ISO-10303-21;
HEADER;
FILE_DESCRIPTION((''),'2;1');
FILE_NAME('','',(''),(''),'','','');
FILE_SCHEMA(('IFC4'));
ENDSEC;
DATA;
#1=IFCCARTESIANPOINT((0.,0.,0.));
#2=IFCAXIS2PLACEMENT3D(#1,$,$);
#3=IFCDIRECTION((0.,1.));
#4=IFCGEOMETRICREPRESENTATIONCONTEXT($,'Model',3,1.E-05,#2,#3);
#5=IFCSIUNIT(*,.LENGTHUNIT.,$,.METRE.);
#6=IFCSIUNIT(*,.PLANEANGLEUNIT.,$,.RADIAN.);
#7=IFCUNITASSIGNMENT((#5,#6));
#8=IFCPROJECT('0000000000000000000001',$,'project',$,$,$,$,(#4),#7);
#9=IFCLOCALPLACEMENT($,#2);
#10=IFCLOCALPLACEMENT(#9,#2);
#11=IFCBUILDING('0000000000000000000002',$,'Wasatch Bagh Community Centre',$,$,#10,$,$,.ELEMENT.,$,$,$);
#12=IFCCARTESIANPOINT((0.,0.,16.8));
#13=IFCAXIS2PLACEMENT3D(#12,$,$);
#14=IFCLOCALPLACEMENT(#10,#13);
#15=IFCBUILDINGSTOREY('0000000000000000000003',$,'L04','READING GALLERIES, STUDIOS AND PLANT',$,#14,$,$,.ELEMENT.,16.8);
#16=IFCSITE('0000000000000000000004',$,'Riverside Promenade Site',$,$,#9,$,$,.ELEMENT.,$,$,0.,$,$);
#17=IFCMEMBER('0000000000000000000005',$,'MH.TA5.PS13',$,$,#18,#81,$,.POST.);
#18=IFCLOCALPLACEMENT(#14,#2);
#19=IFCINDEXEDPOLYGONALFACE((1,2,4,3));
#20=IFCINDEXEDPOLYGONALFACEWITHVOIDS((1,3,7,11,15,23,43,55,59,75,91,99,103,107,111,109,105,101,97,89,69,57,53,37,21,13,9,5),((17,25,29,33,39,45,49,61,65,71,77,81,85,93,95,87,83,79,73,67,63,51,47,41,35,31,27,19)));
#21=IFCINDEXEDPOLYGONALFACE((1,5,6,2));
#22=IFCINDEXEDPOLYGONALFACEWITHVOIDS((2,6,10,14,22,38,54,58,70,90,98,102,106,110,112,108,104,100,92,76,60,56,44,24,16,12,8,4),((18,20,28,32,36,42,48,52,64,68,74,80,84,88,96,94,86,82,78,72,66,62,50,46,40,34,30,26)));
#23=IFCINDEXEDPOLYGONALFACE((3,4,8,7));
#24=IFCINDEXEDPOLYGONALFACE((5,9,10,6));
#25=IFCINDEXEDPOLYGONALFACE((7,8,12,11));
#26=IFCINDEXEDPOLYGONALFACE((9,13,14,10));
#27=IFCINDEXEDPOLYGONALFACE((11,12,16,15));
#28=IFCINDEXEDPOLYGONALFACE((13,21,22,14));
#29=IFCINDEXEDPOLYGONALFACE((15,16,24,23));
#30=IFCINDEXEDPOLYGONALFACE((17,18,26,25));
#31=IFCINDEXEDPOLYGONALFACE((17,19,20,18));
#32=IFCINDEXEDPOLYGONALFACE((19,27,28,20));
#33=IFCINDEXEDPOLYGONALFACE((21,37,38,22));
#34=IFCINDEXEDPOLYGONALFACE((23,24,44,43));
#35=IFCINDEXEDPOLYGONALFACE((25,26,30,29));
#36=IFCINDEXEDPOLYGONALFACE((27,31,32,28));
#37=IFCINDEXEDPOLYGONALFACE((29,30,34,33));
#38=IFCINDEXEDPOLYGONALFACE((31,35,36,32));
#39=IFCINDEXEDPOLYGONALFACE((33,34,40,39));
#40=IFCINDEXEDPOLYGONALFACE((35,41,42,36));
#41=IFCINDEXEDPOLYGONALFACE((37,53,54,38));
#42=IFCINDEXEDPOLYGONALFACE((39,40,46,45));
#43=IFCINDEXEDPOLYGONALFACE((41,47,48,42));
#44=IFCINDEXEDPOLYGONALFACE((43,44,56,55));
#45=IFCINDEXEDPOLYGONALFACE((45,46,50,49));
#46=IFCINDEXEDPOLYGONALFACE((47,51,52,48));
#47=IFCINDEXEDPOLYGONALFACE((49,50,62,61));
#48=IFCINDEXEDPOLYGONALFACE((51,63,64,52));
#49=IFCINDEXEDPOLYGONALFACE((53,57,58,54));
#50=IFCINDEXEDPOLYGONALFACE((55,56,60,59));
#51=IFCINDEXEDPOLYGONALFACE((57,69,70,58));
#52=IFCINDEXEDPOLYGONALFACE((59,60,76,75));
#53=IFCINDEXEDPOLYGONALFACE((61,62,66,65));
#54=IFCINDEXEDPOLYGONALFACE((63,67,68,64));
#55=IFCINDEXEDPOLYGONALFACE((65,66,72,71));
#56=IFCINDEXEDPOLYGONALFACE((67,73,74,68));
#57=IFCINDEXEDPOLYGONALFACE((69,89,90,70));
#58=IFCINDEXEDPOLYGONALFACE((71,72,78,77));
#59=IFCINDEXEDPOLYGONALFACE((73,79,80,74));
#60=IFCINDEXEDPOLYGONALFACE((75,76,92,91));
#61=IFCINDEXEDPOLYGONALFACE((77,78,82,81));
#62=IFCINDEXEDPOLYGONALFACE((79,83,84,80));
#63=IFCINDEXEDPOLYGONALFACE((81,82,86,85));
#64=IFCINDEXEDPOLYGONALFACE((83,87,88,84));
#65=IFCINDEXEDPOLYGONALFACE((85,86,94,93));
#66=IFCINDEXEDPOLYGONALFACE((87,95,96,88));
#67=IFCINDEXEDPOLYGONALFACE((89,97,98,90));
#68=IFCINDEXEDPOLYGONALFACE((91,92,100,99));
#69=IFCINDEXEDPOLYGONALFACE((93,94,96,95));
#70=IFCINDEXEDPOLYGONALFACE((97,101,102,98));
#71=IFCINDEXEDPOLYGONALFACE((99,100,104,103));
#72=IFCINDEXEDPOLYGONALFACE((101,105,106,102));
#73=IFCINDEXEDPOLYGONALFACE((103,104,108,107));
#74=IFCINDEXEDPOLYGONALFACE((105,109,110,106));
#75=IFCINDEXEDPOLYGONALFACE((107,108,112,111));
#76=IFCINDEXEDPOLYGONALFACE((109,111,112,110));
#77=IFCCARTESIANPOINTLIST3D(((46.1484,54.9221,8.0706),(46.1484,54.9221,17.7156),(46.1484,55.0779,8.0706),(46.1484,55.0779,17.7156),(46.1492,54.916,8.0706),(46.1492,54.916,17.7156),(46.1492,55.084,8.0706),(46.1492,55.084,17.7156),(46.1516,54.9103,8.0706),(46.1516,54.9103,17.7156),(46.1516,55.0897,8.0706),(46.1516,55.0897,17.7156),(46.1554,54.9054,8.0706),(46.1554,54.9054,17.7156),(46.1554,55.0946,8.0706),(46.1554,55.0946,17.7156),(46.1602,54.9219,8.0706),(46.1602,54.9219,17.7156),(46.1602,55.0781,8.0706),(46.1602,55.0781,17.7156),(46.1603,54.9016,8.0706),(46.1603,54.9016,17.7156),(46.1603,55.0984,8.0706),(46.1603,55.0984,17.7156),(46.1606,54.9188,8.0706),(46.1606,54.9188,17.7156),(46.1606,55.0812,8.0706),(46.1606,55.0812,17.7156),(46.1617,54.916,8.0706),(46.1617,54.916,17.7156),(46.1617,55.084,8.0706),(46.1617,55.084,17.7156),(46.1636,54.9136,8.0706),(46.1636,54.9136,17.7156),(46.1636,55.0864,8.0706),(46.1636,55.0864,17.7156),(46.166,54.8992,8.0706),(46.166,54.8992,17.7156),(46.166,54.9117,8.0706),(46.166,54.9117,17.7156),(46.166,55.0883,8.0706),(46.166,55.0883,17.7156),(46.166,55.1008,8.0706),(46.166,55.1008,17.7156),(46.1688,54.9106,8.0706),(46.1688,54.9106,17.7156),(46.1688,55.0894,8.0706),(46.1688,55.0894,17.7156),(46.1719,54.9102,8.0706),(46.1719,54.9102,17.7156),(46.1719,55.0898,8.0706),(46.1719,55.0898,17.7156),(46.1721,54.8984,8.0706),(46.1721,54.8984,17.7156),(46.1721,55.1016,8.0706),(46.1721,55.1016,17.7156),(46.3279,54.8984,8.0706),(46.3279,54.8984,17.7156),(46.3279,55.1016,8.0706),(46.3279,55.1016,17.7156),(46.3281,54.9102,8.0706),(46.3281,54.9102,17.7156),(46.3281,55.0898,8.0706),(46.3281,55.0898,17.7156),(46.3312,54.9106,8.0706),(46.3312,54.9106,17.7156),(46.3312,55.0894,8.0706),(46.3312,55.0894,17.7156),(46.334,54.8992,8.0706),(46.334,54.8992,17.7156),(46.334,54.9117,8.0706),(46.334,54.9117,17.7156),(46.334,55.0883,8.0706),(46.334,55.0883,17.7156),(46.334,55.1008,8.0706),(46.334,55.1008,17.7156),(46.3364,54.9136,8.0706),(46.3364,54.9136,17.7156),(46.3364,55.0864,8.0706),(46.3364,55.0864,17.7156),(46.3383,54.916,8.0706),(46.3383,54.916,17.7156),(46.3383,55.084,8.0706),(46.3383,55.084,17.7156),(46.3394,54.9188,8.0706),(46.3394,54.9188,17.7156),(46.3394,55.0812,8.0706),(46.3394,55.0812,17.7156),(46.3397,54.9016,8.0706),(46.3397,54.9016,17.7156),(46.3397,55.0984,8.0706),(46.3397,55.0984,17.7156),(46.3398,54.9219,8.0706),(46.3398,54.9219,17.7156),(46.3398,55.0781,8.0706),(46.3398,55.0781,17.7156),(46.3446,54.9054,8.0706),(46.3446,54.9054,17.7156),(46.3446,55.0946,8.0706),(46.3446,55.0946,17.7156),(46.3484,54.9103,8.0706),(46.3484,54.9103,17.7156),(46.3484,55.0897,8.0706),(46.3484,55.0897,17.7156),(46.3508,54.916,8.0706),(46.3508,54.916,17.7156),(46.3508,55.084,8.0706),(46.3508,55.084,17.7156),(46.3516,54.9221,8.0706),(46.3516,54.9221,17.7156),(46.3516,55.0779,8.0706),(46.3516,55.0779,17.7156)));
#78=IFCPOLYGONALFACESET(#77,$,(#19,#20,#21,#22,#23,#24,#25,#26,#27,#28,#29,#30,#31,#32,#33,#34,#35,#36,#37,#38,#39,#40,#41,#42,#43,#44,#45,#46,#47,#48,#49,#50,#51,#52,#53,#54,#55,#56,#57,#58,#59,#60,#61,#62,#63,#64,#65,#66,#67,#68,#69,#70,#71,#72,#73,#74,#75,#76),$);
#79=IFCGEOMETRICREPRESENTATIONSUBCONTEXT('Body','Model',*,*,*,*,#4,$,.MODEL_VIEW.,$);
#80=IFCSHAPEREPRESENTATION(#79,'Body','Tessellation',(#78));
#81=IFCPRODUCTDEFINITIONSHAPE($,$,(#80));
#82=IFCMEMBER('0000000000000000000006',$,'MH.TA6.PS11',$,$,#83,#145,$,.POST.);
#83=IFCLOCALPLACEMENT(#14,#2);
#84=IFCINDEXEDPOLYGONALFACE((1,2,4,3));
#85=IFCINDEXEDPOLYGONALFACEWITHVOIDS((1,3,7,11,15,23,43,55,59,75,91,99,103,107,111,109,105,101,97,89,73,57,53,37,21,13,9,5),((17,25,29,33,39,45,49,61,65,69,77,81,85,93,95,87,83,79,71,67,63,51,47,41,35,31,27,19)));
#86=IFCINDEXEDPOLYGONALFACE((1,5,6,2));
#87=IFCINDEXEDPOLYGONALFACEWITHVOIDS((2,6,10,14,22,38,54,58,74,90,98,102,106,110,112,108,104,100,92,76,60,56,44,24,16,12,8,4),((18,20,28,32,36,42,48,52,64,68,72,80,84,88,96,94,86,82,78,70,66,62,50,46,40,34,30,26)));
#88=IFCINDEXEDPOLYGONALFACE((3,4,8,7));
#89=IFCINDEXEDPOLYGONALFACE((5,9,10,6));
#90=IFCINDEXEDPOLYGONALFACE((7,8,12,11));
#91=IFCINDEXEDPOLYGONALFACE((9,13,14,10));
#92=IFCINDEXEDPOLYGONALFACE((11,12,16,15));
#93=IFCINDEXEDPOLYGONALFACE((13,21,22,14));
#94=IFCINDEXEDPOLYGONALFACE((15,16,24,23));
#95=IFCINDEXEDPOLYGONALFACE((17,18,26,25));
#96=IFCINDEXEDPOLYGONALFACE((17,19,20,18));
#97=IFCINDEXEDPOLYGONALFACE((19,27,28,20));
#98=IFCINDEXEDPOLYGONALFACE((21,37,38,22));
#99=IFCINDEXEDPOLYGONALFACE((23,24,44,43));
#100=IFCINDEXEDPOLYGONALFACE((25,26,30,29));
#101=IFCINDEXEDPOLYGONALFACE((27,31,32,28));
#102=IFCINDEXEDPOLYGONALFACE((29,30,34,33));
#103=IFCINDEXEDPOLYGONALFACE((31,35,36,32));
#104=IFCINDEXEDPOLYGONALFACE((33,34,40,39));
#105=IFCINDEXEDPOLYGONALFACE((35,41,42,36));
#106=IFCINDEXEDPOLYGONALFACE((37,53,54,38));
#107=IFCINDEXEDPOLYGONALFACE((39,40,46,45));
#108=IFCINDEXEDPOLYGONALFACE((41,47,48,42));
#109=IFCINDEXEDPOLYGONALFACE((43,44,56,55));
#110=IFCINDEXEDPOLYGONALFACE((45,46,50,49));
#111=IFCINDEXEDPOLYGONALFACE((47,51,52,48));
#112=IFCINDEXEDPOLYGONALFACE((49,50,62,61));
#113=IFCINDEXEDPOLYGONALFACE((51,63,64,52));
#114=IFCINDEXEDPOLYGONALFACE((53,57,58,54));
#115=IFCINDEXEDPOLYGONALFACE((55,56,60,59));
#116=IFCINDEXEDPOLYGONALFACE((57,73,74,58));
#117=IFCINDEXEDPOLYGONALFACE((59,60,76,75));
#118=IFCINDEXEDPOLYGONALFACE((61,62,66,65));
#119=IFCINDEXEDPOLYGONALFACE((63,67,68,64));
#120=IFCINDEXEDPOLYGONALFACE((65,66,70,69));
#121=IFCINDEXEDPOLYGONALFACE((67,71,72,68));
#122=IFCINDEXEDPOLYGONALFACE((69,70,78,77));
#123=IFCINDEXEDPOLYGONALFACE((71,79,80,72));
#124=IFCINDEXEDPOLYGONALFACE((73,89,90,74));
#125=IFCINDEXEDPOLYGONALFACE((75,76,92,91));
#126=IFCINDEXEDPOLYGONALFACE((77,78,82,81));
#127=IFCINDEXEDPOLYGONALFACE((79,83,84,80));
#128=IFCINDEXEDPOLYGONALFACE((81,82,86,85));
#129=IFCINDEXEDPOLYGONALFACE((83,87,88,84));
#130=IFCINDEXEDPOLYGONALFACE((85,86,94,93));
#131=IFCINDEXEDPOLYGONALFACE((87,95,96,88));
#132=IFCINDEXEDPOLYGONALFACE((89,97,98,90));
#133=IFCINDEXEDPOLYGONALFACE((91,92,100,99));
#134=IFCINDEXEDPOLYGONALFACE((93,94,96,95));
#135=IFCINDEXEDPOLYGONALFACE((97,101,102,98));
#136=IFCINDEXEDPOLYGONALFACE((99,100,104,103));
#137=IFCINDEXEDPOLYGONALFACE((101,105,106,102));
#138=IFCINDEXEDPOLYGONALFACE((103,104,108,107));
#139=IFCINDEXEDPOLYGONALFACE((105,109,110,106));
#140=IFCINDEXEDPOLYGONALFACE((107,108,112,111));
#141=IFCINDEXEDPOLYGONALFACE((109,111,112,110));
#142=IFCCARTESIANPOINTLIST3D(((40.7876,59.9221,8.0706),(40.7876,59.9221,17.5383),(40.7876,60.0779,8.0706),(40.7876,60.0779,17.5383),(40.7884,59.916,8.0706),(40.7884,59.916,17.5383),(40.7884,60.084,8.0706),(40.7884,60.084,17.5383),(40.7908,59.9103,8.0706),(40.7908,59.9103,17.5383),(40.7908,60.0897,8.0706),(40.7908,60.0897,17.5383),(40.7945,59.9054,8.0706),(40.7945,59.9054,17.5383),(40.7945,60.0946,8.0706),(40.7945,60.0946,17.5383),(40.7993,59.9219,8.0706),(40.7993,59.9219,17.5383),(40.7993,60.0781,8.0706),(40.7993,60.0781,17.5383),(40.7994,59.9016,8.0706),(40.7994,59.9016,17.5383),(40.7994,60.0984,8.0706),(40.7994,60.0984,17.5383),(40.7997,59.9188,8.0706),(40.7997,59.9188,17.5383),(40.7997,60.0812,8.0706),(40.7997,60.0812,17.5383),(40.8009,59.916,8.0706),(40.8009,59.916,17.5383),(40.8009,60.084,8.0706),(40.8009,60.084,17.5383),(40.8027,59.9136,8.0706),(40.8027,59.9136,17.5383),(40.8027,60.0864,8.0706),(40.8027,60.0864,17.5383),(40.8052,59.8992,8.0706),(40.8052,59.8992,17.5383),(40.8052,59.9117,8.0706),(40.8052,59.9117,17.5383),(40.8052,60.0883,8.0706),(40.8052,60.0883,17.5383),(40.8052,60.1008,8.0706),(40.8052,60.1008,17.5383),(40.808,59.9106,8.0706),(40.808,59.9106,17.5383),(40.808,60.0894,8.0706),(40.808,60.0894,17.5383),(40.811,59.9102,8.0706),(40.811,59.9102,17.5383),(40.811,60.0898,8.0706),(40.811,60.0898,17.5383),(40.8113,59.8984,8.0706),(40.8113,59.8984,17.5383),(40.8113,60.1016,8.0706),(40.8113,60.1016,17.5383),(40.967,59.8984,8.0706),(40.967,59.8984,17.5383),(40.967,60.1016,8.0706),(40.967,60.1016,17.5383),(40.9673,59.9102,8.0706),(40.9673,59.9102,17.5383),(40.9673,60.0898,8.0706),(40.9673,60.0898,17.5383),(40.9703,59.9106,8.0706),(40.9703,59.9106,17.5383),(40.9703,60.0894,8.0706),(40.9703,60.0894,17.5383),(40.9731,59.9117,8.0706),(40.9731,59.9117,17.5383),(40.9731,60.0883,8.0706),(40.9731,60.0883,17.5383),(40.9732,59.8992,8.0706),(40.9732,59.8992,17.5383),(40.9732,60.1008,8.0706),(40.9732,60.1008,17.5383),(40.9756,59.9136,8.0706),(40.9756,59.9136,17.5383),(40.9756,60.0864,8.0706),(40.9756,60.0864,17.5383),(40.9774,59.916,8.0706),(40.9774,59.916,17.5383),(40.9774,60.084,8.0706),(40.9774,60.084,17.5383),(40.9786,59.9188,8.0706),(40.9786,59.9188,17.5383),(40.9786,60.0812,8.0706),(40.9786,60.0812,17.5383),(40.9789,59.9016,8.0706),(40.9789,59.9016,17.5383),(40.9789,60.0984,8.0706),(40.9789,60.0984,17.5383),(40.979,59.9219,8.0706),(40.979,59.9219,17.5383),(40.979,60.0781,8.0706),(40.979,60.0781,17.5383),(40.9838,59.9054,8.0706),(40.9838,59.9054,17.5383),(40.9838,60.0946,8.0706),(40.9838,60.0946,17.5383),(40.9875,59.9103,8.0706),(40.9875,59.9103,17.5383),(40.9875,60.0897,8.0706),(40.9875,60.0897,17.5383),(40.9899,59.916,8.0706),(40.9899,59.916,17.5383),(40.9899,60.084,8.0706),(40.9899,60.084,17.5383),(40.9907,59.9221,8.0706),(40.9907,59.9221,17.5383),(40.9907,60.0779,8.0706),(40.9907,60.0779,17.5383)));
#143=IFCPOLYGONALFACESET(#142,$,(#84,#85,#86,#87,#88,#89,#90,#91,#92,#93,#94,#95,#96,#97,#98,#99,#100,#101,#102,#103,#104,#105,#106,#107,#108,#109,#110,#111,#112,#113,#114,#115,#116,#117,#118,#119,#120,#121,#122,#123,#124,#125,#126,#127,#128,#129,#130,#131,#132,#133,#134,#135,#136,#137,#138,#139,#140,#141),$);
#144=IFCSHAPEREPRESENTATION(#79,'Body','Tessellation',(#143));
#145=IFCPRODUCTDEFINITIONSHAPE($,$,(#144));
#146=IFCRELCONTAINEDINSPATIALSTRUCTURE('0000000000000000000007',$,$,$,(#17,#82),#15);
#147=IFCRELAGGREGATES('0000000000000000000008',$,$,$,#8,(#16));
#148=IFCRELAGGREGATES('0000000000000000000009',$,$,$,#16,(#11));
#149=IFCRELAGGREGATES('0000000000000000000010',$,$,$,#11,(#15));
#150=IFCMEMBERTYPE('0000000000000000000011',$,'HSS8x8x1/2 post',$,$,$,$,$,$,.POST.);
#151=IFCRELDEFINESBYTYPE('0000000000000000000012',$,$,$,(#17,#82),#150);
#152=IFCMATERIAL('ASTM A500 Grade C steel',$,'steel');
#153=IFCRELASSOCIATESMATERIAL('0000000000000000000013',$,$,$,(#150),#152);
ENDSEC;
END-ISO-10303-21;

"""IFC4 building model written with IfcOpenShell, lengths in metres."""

from ifc_helpers import new_model, si_unit, direction, frame, origin, origin_2d, place, context, subcontext, project, spatial, hollow_rectangle, extrude, material, material_profile, profile_set, type_object, element, save


model = new_model("IFC4")

# Units and contexts
model_context = context("Model", 3, precision=1e-05, world=origin(), true_north=direction((0.0, 1.0)))
body_context = subcontext(model_context, "Body", "Model", "MODEL_VIEW")
ifc_project = project(units=[si_unit("LENGTHUNIT", "METRE"), si_unit("PLANEANGLEUNIT", "RADIAN")], contexts=[model_context])

# Site, building, storey
site_placement = place(None, origin())
site = spatial("IfcSite", under=ifc_project, at=site_placement, Name="Riverside Promenade Site", CompositionType="ELEMENT", RefElevation=0.0)
building_placement = place(site_placement, origin())
building = spatial("IfcBuilding", under=site, at=building_placement, Name="Wasatch Bagh Community Centre", CompositionType="ELEMENT")
storey_placement = place(building_placement, frame((0.0, 0.0, 16.8)))
storey = spatial("IfcBuildingStorey", under=building, at=storey_placement, Name="L04", Description="READING GALLERIES, STUDIOS AND PLANT", CompositionType="ELEMENT", Elevation=16.8)

# Members
ifc_material_1 = material(Name="ASTM A500 Grade C steel", Category="steel")
ifc_material_profile_1 = material_profile(ifc_material_1, hollow_rectangle(XDim=0.2031, YDim=0.2031, WallThickness=0.0117, InnerFilletRadius=0.0117, OuterFilletRadius=0.0237, at=origin_2d()), Name="HSS8x8x1/2")
ifc_profile_set_1 = profile_set([ifc_material_profile_1], Name="ASTM A500 Grade C steel")
member_type_1 = type_object("IfcMemberType", Name="HSS8x8x1/2 post", PredefinedType="POST", material=ifc_profile_set_1)
member_1_placement = place(storey_placement, frame((46.25, 55.0, 8.0706), z_axis=(0.0, 0.0, 1.0), x_axis=(1.0, 0.0, 0.0)))
element("IfcMember", 1, at=member_1_placement, inside=storey, type_object=member_type_1, Name="MH.TA5.PS13", PredefinedType="POST", context=body_context, shape_type="SweptSolid", body=[
    extrude(hollow_rectangle(XDim=0.2031, YDim=0.2031, WallThickness=0.0117, InnerFilletRadius=0.0117, OuterFilletRadius=0.0237, at=origin_2d()), origin(), (0.0, 0.0, 1.0), 9.645),
])
member_2_placement = place(storey_placement, frame((40.8892, 60.0, 8.0706), z_axis=(0.0, 0.0, 1.0), x_axis=(1.0, 0.0, 0.0)))
element("IfcMember", 2, at=member_2_placement, inside=storey, type_object=member_type_1, Name="MH.TA6.PS11", PredefinedType="POST", context=body_context, shape_type="SweptSolid", body=[
    extrude(hollow_rectangle(XDim=0.2031, YDim=0.2031, WallThickness=0.0117, InnerFilletRadius=0.0117, OuterFilletRadius=0.0237, at=origin_2d()), origin(), (0.0, 0.0, 1.0), 9.4678),
])

save(model, "model.ifc")
